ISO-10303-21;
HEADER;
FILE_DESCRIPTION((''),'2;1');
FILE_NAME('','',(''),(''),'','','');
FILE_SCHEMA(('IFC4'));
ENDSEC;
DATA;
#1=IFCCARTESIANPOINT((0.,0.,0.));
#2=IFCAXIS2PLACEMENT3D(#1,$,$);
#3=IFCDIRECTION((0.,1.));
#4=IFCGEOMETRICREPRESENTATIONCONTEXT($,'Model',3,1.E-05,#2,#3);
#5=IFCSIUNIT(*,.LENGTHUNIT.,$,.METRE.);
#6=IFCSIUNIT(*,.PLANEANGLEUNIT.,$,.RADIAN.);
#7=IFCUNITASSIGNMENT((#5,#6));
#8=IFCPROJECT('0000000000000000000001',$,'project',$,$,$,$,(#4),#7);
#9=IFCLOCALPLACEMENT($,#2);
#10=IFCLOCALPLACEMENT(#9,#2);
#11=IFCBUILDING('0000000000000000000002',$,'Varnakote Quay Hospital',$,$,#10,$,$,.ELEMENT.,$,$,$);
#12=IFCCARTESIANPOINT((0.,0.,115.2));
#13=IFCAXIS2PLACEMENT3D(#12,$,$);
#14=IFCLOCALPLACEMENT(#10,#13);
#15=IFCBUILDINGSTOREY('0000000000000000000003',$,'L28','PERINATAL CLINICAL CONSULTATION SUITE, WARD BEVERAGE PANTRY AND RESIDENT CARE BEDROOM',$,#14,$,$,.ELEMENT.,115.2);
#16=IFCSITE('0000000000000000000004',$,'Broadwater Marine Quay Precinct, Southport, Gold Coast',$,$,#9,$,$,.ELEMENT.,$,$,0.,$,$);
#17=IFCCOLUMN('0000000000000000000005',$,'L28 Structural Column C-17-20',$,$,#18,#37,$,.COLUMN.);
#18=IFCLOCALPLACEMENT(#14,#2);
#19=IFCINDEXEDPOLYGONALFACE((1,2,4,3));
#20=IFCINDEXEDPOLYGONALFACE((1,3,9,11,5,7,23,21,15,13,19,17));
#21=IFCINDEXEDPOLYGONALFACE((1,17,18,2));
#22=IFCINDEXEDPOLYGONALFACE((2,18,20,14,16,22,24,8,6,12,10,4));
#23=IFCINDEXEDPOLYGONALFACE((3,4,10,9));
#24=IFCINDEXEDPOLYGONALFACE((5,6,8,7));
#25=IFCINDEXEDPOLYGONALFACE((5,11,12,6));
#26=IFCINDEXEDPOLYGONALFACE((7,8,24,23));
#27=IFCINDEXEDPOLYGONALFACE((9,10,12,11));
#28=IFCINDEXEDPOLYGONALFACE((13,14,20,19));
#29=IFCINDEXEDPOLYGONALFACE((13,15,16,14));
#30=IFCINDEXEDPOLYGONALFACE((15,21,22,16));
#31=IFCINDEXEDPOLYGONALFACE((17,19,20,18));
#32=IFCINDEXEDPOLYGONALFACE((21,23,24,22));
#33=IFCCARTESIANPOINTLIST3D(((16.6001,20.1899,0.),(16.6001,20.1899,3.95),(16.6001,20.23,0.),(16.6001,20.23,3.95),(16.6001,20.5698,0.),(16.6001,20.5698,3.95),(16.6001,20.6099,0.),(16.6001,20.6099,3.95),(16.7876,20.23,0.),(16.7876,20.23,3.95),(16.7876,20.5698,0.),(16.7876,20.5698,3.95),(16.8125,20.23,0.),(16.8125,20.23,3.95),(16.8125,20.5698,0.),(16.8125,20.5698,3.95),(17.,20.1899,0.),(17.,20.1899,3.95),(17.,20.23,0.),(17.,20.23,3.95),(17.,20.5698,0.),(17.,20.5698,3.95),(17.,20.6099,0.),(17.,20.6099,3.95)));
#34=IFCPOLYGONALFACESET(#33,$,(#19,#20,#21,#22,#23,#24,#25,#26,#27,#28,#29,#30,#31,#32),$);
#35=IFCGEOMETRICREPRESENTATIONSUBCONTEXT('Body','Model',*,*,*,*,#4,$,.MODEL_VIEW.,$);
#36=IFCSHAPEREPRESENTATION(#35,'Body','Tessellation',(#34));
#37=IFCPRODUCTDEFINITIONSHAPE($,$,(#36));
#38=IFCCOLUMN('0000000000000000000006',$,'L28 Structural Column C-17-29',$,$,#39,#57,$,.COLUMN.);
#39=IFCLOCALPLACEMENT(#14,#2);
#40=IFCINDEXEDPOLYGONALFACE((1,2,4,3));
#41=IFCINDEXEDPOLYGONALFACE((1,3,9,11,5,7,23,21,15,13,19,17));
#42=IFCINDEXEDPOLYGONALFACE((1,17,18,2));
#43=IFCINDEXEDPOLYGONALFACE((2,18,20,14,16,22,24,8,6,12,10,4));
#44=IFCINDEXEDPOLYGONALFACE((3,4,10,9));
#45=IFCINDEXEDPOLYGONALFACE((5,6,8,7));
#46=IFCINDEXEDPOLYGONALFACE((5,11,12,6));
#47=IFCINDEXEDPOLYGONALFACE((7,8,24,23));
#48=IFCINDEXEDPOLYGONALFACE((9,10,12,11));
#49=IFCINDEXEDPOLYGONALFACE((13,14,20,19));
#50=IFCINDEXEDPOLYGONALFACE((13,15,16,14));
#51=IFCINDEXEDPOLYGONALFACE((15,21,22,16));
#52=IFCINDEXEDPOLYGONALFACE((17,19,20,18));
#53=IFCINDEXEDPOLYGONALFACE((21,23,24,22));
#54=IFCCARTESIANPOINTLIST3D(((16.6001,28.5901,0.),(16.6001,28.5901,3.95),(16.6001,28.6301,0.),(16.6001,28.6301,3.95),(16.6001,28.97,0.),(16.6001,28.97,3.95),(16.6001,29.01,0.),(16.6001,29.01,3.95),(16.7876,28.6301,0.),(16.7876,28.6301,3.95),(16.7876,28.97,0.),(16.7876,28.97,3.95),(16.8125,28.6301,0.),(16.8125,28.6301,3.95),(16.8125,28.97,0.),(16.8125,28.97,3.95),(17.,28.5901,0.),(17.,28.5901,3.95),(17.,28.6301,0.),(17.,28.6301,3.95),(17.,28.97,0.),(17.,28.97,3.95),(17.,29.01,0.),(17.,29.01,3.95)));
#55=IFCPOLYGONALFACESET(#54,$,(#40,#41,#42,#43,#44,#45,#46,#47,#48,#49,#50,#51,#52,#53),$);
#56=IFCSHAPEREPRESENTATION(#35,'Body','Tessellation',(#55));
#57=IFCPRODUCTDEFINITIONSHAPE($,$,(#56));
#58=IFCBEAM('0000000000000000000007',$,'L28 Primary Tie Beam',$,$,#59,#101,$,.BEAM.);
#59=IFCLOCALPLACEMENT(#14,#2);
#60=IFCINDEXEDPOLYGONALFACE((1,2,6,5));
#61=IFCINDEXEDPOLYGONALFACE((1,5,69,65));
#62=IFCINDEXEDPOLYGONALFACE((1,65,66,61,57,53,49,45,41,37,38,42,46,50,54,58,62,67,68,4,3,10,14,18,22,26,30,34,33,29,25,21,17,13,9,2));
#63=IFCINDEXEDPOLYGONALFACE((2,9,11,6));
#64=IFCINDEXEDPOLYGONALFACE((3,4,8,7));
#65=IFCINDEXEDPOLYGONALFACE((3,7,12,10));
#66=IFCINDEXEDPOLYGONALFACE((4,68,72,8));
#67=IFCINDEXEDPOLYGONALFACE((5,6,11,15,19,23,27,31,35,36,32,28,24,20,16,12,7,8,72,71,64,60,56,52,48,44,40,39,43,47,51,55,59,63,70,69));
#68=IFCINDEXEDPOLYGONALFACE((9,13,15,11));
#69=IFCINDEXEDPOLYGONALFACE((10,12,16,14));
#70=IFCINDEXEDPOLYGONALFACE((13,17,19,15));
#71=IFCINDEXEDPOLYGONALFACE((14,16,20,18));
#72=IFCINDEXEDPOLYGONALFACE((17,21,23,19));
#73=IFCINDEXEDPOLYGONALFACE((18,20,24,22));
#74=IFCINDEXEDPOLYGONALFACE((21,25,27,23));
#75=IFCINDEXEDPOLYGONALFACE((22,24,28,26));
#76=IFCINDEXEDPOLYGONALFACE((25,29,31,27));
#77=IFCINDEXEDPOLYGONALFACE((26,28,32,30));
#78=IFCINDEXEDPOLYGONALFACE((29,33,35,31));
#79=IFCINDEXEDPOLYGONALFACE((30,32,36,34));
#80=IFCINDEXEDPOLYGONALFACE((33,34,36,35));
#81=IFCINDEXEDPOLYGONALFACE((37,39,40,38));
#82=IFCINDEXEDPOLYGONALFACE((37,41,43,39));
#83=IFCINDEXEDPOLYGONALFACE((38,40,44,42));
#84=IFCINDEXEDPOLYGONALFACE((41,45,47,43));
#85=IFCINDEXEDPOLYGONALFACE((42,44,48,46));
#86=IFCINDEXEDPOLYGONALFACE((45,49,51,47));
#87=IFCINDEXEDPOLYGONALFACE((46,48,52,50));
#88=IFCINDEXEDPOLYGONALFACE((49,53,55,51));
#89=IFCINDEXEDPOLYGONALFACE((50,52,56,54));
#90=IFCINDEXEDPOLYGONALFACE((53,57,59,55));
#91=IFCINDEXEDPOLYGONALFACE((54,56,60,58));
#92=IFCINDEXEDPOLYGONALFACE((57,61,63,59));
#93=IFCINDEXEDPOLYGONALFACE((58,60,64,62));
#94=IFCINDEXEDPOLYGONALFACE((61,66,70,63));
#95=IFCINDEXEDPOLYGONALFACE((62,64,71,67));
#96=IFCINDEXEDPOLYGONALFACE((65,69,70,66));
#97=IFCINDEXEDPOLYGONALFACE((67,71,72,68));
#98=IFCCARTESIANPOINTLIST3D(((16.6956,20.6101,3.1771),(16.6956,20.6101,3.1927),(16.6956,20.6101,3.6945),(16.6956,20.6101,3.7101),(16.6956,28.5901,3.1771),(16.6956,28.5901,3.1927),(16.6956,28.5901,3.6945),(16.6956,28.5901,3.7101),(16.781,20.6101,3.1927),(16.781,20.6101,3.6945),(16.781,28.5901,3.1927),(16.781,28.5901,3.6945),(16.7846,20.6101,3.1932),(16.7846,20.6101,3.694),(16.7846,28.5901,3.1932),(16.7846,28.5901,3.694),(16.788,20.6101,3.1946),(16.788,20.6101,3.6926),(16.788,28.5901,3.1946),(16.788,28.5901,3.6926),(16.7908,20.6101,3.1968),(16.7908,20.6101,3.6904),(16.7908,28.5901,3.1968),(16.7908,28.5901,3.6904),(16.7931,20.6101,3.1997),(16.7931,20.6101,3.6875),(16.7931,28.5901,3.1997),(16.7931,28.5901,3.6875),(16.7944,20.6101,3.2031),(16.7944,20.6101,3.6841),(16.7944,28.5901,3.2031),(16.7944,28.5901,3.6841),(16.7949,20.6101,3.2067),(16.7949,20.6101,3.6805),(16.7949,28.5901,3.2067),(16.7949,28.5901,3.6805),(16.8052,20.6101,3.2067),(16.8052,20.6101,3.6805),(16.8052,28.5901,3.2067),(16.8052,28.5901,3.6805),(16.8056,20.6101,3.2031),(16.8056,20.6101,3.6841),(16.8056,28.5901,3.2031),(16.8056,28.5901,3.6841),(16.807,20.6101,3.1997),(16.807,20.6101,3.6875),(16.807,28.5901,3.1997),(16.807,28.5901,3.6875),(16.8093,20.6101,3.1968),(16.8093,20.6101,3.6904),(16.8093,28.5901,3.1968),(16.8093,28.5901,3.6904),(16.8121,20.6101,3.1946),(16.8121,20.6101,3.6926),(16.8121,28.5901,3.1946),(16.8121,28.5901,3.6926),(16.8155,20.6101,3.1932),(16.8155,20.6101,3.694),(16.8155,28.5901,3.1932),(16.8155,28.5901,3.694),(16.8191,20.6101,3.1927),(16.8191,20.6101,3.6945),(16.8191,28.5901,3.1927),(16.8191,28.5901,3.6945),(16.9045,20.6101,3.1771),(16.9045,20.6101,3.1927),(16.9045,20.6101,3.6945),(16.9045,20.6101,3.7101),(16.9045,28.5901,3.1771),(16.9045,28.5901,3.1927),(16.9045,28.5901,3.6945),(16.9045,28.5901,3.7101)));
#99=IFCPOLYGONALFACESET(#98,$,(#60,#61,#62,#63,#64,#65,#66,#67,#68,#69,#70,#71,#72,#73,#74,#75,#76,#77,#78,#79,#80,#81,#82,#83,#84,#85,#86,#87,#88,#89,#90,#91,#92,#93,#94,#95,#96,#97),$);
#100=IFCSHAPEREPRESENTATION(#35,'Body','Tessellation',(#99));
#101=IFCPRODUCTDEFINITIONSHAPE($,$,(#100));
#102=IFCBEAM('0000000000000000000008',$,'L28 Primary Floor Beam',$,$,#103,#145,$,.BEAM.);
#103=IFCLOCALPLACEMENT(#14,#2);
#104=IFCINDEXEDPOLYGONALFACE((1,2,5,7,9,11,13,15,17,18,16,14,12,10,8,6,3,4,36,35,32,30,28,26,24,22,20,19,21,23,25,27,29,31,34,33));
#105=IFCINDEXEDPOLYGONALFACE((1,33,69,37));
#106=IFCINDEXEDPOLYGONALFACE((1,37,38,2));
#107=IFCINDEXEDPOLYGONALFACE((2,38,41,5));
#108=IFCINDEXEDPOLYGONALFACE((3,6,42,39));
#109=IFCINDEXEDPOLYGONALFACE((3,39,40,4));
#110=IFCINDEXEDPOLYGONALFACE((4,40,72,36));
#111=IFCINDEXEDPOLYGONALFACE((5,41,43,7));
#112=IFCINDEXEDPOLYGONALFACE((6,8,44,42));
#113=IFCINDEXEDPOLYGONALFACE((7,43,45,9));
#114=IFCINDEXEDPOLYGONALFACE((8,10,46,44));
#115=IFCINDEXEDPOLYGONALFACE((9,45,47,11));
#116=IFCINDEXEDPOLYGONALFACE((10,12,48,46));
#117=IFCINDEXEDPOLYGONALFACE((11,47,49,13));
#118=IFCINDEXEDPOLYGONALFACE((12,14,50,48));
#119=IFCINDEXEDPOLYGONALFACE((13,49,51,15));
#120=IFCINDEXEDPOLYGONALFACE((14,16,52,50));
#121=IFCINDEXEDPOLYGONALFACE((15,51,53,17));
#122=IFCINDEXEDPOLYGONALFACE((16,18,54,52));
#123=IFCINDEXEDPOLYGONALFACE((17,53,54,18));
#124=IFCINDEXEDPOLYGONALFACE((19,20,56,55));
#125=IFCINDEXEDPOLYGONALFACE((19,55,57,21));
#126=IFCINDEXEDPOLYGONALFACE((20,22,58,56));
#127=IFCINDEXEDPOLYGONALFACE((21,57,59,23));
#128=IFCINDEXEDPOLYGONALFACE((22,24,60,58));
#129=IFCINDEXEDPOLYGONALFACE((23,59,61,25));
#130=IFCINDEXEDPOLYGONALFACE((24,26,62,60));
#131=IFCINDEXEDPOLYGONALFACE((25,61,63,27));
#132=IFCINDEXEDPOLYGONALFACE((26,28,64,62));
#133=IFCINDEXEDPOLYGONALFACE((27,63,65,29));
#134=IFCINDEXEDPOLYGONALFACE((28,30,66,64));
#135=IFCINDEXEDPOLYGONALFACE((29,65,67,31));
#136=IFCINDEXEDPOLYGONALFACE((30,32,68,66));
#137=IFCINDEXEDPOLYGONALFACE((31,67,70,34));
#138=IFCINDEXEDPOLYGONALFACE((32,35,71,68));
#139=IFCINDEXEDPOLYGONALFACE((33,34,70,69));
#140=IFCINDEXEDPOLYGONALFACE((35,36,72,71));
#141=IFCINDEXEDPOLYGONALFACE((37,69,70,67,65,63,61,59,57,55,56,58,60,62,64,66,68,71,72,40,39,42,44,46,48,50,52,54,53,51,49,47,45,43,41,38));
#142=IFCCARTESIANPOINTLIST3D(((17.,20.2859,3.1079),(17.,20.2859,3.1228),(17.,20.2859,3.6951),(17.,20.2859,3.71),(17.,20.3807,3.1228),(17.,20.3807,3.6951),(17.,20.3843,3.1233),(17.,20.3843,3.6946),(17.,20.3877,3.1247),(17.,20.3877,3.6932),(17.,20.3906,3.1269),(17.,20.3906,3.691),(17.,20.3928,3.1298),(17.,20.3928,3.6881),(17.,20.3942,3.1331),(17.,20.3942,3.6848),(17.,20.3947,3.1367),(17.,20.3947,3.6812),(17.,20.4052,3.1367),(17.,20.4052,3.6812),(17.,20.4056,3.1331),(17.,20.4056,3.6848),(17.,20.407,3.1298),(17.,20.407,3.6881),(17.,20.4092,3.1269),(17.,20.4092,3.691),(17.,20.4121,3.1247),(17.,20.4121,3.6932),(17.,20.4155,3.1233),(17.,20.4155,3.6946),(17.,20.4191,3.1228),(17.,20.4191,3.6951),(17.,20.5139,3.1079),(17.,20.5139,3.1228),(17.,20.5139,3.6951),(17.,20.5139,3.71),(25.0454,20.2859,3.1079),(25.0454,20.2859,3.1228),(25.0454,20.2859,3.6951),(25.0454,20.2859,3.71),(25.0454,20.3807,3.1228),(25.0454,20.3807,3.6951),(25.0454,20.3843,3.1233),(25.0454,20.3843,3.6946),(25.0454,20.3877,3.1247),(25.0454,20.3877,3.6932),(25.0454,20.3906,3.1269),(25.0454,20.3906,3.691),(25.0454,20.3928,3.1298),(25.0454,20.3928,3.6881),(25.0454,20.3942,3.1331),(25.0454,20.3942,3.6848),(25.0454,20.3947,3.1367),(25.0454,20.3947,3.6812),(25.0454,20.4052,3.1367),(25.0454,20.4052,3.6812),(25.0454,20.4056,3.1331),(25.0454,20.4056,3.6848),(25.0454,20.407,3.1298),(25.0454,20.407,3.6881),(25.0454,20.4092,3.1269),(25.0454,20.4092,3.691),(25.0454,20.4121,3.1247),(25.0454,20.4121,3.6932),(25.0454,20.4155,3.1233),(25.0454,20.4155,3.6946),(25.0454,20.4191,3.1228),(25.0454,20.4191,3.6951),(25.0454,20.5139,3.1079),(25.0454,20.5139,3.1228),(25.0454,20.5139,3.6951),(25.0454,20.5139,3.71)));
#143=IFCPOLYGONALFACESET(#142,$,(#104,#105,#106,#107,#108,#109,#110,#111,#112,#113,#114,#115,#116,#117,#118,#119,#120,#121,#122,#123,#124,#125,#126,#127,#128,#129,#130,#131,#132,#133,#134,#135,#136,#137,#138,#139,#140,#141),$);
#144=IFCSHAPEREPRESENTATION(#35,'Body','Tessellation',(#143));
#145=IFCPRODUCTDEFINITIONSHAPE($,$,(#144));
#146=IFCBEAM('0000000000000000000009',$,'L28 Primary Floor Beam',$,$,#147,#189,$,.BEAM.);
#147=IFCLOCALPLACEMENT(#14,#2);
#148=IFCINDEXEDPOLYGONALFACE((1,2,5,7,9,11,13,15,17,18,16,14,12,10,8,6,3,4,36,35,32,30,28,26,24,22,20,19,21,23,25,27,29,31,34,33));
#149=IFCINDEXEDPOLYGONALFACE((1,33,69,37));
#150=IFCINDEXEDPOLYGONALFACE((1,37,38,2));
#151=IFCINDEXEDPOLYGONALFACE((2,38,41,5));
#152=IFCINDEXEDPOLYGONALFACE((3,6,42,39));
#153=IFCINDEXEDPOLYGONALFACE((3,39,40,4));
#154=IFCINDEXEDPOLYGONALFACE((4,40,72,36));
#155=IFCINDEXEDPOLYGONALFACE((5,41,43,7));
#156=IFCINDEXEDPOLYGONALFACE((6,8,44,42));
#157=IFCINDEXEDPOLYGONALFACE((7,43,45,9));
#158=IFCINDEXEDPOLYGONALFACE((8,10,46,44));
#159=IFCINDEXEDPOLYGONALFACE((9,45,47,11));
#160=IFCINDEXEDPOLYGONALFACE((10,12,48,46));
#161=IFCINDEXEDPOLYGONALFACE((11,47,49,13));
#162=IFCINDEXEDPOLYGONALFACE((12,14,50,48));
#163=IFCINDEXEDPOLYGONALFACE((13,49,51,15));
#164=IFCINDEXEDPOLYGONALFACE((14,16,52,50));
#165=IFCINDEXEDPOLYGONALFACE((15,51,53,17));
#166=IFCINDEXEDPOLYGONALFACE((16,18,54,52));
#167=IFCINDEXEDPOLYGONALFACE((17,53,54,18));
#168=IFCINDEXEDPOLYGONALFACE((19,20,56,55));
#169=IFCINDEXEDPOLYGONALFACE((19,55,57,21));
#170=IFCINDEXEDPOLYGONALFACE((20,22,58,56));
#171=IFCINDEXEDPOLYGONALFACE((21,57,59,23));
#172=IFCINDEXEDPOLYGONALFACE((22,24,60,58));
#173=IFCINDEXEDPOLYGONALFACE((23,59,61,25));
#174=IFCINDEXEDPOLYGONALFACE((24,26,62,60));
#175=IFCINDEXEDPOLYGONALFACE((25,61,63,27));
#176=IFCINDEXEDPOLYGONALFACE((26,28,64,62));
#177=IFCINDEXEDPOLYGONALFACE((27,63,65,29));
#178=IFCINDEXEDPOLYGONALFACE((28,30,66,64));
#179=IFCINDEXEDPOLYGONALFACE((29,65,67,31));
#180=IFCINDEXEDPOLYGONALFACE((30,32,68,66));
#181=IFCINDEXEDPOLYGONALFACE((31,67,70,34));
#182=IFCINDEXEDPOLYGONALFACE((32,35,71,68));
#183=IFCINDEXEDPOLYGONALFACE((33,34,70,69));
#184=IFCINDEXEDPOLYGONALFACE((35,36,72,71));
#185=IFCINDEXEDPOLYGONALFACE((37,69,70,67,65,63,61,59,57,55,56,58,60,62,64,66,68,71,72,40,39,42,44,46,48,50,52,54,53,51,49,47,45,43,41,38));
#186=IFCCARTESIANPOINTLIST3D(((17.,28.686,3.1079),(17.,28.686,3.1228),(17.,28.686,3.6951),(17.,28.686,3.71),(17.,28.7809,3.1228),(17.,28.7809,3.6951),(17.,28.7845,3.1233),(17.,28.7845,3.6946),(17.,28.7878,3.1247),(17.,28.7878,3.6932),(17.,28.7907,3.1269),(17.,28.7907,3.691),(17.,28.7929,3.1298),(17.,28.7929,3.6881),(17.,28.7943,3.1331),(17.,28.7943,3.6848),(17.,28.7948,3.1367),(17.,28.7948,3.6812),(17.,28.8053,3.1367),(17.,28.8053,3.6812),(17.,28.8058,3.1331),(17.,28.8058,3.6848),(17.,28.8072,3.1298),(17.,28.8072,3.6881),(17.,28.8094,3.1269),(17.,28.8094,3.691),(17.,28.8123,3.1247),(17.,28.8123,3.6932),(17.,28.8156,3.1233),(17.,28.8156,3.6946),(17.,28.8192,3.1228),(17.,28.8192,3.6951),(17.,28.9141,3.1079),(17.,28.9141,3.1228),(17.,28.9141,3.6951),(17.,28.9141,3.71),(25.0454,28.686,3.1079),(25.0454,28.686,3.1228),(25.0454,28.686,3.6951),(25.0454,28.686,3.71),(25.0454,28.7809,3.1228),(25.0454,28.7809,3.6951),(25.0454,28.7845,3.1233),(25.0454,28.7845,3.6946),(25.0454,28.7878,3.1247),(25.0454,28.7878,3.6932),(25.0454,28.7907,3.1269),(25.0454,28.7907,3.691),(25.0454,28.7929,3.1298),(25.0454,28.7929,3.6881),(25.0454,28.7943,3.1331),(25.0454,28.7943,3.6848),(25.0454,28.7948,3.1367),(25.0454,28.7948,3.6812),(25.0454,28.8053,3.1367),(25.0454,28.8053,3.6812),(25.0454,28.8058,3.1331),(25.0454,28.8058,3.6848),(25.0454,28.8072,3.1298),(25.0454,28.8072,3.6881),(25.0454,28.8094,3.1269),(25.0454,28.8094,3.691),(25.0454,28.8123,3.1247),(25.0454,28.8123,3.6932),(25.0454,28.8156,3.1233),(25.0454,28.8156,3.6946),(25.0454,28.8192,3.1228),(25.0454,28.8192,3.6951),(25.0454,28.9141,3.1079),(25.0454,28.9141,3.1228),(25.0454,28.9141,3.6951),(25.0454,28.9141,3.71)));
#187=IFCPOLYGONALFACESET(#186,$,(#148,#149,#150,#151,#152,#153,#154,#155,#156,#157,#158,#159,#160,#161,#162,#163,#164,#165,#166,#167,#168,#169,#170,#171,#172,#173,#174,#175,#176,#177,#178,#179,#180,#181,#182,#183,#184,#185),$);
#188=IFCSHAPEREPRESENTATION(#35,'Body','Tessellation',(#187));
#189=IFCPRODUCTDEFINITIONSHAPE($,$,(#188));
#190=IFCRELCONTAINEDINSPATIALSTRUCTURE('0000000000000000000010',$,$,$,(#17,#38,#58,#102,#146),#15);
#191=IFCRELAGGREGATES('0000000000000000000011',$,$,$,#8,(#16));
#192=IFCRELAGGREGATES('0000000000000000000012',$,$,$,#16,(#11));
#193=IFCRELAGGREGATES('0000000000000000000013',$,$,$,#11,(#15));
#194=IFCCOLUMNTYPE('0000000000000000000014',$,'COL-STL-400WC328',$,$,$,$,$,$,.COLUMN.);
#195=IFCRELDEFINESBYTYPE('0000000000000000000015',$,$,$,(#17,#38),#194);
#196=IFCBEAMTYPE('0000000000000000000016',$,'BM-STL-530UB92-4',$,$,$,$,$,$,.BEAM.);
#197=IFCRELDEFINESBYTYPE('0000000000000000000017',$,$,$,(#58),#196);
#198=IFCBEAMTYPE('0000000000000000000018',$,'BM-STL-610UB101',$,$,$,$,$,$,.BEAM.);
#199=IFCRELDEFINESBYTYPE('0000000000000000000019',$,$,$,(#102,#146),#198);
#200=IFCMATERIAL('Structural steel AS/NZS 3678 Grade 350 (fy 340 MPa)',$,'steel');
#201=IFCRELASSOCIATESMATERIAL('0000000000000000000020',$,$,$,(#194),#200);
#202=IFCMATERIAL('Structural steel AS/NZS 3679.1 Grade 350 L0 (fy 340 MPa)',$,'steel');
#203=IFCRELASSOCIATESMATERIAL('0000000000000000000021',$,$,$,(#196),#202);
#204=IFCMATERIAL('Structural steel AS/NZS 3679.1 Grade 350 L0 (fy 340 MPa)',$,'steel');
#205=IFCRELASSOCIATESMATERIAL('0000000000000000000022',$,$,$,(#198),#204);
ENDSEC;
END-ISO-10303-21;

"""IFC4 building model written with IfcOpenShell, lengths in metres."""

from ifc_helpers import new_model, si_unit, direction, frame, origin, origin_2d, place, context, subcontext, project, spatial, i_section, extrude, material, material_profile, profile_set, type_object, element, save


model = new_model("IFC4")

# Units and contexts
model_context = context("Model", 3, precision=1e-05, world=origin(), true_north=direction((0.0, 1.0)))
body_context = subcontext(model_context, "Body", "Model", "MODEL_VIEW")
ifc_project = project(units=[si_unit("LENGTHUNIT", "METRE"), si_unit("PLANEANGLEUNIT", "RADIAN")], contexts=[model_context])

# Site, building, storey
site_placement = place(None, origin())
site = spatial("IfcSite", under=ifc_project, at=site_placement, Name="Broadwater Marine Quay Precinct, Southport, Gold Coast", CompositionType="ELEMENT", RefElevation=0.0)
building_placement = place(site_placement, origin())
building = spatial("IfcBuilding", under=site, at=building_placement, Name="Varnakote Quay Hospital", CompositionType="ELEMENT")
storey_placement = place(building_placement, frame((0.0, 0.0, 115.2)))
storey = spatial("IfcBuildingStorey", under=building, at=storey_placement, Name="L28", Description="PERINATAL CLINICAL CONSULTATION SUITE, WARD BEVERAGE PANTRY AND RESIDENT CARE BEDROOM", CompositionType="ELEMENT", Elevation=115.2)

# Columns
ifc_material_1 = material(Name="Structural steel AS/NZS 3678 Grade 350 (fy 340 MPa)", Category="steel")
ifc_material_profile_1 = material_profile(ifc_material_1, i_section(OverallWidth=0.3999, OverallDepth=0.4199, WebThickness=0.0249, FlangeThickness=0.04, at=origin_2d()), Name="400WC328")
ifc_profile_set_1 = profile_set([ifc_material_profile_1], Name="Structural steel AS/NZS 3678 Grade 350 (fy 340 MPa)")
column_type = type_object("IfcColumnType", Name="COL-STL-400WC328", PredefinedType="COLUMN", material=ifc_profile_set_1)
for number, where, z_axis, x_axis, name in (
    (1, (16.8, 20.3999, 0.0), (0.0, 0.0, 1.0), (1.0, 0.0, 0.0), "L28 Structural Column C-17-20"),
    (2, (16.8, 28.8, 0.0), (0.0, 0.0, 1.0), (1.0, 0.0, 0.0), "L28 Structural Column C-17-29"),
):
    element("IfcColumn", number, at=place(storey_placement, frame(where, z_axis=z_axis, x_axis=x_axis)), inside=storey, type_object=column_type, Name=name, PredefinedType="COLUMN", context=body_context, shape_type="SweptSolid", body=[
        extrude(i_section(OverallWidth=0.3999, OverallDepth=0.4199, WebThickness=0.0249, FlangeThickness=0.04, at=origin_2d()), origin(), (0.0, 0.0, 1.0), 3.95),
    ])

# Beams
ifc_material_2 = material(Name="Structural steel AS/NZS 3679.1 Grade 350 L0 (fy 340 MPa)", Category="steel")
ifc_material_profile_2 = material_profile(ifc_material_2, i_section(OverallWidth=0.209, OverallDepth=0.533, WebThickness=0.0103, FlangeThickness=0.0156, FilletRadius=0.0139, at=origin_2d()), Name="530UB92.4")
ifc_profile_set_2 = profile_set([ifc_material_profile_2], Name="Structural steel AS/NZS 3679.1 Grade 350 L0 (fy 340 MPa)")
beam_type_1 = type_object("IfcBeamType", Name="BM-STL-530UB92-4", PredefinedType="BEAM", material=ifc_profile_set_2)
beam_1_placement = place(storey_placement, frame((16.8, 20.6101, 3.4436), z_axis=(0.0, 1.0, 0.0), x_axis=(-1.0, 0.0, 0.0)))
element("IfcBeam", 3, at=beam_1_placement, inside=storey, type_object=beam_type_1, Name="L28 Primary Tie Beam", PredefinedType="BEAM", context=body_context, shape_type="SweptSolid", body=[
    extrude(i_section(OverallWidth=0.209, OverallDepth=0.533, WebThickness=0.0103, FlangeThickness=0.0156, FilletRadius=0.0139, at=origin_2d()), origin(), (0.0, 0.0, 1.0), 7.98),
])
ifc_material_3 = material(Name="Structural steel AS/NZS 3679.1 Grade 350 L0 (fy 340 MPa)", Category="steel")
ifc_material_profile_3 = material_profile(ifc_material_3, i_section(OverallWidth=0.228, OverallDepth=0.6021, WebThickness=0.0105, FlangeThickness=0.0149, FilletRadius=0.0139, at=origin_2d()), Name="610UB101")
ifc_profile_set_3 = profile_set([ifc_material_profile_3], Name="Structural steel AS/NZS 3679.1 Grade 350 L0 (fy 340 MPa)")
beam_type_2 = type_object("IfcBeamType", Name="BM-STL-610UB101", PredefinedType="BEAM", material=ifc_profile_set_3)
for number, where, z_axis, x_axis, name in (
    (4, (17.0, 20.3999, 3.4089), (1.0, 0.0, 0.0), (0.0, 1.0, 0.0), "L28 Primary Floor Beam"),
    (5, (17.0, 28.8, 3.4089), (1.0, 0.0, 0.0), (0.0, 1.0, 0.0), "L28 Primary Floor Beam"),
):
    element("IfcBeam", number, at=place(storey_placement, frame(where, z_axis=z_axis, x_axis=x_axis)), inside=storey, type_object=beam_type_2, Name=name, PredefinedType="BEAM", context=body_context, shape_type="SweptSolid", body=[
        extrude(i_section(OverallWidth=0.228, OverallDepth=0.6021, WebThickness=0.0105, FlangeThickness=0.0149, FilletRadius=0.0139, at=origin_2d()), origin(), (0.0, 0.0, 1.0), 8.0454),
    ])

save(model, "model.ifc")
